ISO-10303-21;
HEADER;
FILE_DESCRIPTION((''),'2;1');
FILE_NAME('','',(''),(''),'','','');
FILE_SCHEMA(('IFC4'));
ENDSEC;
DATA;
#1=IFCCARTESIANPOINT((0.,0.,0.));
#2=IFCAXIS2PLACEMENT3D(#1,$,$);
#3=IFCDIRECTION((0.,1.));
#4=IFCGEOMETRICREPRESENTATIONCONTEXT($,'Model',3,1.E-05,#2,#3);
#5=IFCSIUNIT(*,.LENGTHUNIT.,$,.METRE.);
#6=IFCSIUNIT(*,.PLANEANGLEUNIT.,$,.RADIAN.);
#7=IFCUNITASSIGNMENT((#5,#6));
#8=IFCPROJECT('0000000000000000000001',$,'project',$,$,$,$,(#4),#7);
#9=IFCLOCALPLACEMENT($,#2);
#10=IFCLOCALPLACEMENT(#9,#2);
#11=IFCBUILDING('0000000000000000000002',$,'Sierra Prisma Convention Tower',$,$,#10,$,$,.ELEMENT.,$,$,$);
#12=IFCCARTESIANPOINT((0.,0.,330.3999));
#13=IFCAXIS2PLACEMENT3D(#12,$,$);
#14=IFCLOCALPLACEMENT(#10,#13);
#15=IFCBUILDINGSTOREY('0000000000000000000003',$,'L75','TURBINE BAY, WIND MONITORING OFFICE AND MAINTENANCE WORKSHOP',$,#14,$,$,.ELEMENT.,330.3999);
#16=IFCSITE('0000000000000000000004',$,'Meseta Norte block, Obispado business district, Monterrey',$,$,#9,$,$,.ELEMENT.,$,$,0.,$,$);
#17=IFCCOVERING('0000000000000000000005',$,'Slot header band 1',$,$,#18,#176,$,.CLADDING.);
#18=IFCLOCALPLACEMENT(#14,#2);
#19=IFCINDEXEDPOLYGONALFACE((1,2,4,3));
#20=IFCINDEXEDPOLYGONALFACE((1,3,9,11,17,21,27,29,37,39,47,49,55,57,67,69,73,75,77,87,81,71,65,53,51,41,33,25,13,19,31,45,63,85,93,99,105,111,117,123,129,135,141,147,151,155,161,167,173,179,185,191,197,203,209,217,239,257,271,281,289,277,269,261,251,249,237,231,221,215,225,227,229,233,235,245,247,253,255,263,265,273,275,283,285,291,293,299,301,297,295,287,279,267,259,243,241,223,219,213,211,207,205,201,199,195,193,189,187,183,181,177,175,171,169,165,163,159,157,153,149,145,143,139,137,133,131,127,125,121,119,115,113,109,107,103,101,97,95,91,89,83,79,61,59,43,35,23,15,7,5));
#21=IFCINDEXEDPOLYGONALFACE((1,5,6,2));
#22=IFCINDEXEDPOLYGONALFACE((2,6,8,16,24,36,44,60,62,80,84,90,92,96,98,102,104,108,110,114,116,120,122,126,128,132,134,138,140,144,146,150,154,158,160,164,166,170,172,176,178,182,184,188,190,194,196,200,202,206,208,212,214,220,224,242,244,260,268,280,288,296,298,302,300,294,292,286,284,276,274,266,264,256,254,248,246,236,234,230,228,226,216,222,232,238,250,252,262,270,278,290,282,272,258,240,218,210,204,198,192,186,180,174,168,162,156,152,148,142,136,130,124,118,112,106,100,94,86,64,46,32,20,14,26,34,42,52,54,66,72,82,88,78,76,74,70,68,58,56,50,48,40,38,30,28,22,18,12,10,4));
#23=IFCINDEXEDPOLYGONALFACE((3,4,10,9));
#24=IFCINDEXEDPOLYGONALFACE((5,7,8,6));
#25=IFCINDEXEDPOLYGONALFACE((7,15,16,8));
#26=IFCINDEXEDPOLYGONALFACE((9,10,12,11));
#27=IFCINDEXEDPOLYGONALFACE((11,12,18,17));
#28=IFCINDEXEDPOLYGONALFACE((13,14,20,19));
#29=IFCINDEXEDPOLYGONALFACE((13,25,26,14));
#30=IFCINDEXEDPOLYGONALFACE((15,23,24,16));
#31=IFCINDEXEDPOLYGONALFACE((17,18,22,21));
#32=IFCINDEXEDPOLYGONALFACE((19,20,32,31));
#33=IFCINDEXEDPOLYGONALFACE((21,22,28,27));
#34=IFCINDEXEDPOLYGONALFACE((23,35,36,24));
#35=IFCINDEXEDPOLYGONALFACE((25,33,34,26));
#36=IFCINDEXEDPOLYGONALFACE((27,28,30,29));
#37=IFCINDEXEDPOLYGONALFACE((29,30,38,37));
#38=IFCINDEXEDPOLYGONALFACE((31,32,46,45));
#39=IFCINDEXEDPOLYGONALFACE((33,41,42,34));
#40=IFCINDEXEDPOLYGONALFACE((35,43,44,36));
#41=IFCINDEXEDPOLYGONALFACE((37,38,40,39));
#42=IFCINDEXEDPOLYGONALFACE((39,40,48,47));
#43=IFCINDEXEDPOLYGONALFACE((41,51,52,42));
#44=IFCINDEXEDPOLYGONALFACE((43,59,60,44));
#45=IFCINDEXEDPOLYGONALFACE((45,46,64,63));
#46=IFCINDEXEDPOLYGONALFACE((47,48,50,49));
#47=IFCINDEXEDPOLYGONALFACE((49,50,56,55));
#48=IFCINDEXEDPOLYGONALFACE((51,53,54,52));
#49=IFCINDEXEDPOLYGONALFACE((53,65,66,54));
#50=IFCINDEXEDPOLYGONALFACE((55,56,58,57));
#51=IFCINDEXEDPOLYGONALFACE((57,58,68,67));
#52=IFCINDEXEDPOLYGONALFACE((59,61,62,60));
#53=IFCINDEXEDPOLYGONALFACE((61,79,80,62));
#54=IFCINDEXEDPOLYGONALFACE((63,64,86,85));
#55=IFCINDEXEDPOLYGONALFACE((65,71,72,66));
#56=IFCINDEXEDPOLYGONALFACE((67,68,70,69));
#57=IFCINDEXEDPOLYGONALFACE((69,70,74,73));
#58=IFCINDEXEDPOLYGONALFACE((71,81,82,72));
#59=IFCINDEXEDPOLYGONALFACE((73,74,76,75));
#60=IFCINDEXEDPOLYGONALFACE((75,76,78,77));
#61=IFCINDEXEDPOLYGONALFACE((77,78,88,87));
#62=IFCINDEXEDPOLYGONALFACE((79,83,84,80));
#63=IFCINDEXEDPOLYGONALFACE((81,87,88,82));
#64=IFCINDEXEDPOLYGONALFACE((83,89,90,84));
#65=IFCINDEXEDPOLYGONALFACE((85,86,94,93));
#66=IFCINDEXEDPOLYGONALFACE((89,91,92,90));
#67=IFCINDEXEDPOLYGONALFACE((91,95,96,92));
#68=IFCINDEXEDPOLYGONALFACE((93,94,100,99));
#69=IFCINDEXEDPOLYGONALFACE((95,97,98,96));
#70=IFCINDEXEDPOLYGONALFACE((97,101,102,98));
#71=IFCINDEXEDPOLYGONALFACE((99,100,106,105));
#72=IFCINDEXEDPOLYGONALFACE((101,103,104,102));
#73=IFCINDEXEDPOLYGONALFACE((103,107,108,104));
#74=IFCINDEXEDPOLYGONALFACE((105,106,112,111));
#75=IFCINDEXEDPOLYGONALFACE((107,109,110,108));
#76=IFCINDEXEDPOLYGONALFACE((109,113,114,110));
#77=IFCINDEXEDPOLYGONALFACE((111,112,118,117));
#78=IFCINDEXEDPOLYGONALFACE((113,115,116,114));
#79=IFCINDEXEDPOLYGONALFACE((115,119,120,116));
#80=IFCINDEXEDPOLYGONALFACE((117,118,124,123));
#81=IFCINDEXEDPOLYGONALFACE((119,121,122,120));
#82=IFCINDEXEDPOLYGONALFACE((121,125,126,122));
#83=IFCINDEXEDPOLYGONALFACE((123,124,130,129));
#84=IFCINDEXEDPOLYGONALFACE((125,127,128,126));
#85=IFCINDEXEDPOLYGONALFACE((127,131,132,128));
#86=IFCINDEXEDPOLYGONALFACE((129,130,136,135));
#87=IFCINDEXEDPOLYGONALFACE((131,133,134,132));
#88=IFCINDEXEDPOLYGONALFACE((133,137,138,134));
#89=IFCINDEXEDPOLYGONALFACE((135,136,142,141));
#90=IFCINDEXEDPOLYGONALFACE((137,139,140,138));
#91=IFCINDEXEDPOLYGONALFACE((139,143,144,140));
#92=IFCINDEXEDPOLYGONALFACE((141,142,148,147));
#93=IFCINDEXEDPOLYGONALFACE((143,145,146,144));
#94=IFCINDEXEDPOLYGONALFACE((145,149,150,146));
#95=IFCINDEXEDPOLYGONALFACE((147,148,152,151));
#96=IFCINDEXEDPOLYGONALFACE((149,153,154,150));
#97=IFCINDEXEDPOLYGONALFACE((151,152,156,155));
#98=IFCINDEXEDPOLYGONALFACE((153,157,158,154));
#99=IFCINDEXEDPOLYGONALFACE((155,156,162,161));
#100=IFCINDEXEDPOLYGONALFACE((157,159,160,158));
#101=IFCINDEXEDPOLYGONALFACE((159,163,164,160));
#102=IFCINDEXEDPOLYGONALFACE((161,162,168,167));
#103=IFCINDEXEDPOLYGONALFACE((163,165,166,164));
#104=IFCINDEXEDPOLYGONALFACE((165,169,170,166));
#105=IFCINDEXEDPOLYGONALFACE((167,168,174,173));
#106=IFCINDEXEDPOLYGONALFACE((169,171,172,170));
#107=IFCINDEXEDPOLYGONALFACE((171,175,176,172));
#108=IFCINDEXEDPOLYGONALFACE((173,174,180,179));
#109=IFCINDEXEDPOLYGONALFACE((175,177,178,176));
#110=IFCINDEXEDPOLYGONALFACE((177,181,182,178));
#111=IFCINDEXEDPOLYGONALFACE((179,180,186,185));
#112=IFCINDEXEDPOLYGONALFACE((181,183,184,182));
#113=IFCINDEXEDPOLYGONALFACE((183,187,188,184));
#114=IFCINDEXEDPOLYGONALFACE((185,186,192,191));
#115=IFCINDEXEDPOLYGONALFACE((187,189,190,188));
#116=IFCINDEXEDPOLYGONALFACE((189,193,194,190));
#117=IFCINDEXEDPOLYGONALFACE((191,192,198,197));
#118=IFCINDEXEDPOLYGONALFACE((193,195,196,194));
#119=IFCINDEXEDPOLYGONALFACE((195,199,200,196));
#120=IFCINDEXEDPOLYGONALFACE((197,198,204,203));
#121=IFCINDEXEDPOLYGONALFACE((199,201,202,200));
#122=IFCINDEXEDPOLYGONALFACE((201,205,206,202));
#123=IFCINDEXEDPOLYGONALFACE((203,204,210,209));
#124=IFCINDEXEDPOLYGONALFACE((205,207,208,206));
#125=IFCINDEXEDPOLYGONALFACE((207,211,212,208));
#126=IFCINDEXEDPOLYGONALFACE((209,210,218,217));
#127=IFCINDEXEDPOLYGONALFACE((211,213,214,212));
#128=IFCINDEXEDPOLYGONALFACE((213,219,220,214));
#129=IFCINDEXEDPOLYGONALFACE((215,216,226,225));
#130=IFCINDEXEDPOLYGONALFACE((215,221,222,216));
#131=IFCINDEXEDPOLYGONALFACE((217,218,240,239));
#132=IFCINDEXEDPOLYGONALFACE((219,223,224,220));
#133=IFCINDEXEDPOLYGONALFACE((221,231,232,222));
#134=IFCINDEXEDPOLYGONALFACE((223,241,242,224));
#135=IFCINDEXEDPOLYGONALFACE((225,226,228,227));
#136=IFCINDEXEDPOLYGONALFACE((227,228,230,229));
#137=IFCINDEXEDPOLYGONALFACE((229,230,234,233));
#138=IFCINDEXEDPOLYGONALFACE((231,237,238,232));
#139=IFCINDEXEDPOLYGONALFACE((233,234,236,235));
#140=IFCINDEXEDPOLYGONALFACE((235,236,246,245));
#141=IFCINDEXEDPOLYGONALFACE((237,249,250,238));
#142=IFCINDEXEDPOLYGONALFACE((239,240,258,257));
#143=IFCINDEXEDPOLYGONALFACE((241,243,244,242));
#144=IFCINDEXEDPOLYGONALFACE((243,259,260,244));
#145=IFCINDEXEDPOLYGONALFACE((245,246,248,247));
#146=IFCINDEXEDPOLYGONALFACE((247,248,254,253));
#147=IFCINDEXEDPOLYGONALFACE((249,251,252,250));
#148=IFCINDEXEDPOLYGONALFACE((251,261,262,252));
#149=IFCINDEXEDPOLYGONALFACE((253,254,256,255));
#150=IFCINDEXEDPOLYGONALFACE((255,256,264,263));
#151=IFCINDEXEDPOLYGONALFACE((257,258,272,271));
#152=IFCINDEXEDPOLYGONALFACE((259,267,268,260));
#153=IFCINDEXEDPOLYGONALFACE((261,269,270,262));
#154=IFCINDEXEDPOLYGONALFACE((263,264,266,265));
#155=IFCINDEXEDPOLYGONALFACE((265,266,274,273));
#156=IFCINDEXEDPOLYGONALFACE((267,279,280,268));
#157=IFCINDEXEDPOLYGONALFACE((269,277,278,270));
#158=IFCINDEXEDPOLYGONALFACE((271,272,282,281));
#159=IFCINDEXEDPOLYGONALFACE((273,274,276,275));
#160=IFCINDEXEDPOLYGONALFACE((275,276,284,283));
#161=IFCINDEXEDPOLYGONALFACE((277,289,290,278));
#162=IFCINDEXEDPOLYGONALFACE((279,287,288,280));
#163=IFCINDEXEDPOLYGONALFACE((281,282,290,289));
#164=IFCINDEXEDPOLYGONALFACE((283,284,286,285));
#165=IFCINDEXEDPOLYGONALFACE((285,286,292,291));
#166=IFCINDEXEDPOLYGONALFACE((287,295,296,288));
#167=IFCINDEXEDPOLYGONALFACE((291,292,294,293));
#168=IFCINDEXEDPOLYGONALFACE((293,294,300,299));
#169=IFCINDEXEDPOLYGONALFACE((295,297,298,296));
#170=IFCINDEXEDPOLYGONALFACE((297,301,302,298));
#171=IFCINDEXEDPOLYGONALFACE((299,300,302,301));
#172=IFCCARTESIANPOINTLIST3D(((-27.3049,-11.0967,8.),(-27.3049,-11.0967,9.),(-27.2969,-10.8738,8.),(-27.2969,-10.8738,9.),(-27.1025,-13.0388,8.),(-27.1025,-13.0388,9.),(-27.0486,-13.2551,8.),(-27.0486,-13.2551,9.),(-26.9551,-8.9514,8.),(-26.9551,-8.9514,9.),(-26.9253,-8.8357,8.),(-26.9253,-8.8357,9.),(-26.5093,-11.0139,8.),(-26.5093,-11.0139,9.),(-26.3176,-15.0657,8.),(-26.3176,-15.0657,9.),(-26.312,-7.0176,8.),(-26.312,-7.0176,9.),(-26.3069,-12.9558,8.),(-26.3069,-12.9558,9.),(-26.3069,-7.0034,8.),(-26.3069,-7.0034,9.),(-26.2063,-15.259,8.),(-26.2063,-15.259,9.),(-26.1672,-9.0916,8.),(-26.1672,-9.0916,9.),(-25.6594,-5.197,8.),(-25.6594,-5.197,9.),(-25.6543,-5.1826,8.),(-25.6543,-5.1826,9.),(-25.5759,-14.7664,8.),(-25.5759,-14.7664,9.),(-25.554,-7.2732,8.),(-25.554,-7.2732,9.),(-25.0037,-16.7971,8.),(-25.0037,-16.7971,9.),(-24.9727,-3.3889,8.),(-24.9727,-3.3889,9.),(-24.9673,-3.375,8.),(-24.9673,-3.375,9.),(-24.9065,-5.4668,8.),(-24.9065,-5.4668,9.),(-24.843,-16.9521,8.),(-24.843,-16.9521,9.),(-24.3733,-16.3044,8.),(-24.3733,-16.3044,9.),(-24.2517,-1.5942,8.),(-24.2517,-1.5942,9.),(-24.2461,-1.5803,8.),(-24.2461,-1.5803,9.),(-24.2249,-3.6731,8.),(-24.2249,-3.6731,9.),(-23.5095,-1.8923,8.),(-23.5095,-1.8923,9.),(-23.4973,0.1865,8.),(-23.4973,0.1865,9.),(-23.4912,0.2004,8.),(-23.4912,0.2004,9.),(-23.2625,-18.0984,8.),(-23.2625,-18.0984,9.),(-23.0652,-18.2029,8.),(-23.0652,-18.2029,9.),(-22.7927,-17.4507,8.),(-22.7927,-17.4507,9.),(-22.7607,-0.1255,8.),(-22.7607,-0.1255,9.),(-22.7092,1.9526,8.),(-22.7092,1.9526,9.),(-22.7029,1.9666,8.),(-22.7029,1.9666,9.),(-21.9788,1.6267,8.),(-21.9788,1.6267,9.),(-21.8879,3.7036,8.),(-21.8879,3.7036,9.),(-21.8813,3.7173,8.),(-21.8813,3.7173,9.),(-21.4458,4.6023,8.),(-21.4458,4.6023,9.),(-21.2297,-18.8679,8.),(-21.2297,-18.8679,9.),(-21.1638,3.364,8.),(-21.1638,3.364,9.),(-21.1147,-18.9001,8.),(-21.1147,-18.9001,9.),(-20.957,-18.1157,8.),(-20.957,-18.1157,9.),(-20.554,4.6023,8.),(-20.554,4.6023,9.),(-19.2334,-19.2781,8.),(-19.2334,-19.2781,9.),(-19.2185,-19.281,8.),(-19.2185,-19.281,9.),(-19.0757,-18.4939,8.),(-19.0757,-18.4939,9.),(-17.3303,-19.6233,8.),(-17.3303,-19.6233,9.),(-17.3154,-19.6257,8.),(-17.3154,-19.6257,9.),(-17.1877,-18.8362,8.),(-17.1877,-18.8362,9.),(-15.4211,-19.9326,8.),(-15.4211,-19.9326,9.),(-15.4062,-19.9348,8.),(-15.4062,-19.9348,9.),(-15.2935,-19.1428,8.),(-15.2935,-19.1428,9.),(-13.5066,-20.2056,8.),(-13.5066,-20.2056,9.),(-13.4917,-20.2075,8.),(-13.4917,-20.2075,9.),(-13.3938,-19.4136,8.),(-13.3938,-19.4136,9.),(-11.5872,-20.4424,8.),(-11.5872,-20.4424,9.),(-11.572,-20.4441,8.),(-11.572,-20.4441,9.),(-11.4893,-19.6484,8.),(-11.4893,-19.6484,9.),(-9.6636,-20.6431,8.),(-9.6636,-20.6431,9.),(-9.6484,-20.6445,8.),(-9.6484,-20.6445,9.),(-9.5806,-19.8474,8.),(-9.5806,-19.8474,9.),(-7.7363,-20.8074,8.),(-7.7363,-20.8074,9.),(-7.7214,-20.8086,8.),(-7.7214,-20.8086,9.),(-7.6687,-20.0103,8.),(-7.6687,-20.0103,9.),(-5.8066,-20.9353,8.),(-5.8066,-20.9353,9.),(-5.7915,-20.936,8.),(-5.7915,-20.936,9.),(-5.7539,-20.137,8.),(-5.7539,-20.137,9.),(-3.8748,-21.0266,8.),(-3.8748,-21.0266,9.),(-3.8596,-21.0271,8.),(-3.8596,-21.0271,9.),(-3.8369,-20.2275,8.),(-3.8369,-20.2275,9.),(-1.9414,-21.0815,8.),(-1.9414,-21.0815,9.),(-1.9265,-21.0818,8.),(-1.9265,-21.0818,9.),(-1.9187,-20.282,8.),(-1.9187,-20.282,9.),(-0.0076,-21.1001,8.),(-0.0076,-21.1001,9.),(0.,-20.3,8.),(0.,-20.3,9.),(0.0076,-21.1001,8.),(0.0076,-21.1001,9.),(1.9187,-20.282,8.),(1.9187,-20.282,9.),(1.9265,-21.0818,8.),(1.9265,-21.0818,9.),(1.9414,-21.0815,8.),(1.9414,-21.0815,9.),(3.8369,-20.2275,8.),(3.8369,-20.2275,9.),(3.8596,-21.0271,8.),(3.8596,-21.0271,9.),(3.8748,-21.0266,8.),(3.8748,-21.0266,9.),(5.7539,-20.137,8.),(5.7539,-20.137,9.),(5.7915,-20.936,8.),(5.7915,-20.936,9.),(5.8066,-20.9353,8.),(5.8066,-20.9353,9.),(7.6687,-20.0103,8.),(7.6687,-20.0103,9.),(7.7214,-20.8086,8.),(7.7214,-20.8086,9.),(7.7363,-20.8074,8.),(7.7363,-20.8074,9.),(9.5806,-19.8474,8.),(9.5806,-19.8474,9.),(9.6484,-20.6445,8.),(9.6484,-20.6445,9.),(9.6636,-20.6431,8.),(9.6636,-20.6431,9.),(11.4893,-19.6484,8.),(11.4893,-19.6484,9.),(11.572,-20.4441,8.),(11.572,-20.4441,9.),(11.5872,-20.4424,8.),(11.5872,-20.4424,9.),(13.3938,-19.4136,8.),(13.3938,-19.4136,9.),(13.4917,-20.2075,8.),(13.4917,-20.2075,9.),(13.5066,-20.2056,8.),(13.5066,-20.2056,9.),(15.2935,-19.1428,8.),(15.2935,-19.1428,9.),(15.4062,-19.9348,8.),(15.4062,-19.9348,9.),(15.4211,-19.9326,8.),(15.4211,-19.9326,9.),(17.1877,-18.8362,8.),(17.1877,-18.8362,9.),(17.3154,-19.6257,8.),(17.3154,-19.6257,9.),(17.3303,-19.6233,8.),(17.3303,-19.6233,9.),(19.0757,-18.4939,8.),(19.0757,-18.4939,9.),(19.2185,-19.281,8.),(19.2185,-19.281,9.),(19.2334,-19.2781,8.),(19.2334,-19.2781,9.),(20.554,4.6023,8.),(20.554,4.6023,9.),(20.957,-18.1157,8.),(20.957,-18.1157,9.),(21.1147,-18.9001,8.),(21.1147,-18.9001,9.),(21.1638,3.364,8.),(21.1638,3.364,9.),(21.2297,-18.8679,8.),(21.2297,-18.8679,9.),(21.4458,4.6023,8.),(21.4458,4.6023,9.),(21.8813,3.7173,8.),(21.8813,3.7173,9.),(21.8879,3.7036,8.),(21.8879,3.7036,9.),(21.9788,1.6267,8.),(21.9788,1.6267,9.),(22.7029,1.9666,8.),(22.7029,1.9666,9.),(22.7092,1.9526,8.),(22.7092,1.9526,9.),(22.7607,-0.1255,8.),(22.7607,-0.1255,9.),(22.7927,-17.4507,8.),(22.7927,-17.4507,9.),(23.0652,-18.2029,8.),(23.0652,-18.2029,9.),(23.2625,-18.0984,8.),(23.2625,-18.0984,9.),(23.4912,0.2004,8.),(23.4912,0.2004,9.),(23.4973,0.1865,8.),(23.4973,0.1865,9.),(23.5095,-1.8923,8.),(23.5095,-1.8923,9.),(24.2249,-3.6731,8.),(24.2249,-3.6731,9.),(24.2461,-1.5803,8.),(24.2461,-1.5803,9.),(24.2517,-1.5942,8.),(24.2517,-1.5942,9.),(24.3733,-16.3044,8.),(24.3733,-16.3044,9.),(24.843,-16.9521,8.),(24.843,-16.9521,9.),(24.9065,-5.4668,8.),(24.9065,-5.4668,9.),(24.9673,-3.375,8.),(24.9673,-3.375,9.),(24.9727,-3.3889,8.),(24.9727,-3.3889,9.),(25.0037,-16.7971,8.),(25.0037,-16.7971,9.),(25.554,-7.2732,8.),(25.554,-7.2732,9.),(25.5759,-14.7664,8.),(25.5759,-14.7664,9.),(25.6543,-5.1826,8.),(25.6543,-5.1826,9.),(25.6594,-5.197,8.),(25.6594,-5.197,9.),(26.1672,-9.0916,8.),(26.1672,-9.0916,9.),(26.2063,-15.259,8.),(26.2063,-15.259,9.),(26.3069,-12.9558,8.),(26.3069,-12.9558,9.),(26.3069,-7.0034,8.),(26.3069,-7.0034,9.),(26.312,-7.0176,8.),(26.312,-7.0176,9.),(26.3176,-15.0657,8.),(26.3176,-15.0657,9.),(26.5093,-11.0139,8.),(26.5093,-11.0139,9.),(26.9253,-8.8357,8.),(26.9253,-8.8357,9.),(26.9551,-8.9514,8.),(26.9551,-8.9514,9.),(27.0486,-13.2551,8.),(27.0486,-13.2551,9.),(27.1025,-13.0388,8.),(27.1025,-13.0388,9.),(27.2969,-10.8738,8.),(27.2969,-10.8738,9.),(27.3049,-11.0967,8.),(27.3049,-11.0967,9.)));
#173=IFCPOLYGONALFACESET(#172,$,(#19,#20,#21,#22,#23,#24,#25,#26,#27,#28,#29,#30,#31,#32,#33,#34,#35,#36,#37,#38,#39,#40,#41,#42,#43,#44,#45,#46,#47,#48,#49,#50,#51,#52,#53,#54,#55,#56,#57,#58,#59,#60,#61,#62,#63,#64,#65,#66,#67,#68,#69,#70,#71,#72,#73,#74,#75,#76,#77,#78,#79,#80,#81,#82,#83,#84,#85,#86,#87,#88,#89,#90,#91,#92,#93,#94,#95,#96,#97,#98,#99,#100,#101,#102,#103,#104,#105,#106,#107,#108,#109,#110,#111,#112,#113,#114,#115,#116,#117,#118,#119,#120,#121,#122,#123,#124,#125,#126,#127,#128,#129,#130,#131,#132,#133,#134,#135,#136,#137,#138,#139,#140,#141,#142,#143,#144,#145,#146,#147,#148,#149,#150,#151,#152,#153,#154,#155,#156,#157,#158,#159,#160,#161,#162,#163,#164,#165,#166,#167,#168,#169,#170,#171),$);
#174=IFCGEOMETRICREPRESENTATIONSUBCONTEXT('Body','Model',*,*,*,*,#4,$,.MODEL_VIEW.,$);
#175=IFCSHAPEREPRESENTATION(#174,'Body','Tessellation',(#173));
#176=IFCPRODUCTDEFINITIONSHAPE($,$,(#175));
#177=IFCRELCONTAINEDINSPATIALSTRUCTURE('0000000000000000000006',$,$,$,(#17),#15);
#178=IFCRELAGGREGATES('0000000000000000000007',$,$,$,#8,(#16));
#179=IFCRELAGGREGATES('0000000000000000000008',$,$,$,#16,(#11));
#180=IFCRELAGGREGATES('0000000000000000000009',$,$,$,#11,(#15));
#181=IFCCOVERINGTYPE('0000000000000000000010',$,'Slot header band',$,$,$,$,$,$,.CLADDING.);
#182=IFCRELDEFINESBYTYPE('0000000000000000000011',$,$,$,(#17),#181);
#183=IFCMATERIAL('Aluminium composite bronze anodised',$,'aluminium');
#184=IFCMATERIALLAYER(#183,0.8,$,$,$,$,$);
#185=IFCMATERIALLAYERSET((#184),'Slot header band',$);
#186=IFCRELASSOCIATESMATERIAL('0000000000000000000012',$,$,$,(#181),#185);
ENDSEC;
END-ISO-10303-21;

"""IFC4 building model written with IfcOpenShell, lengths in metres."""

from ifc_helpers import new_model, si_unit, direction, frame, origin, place, context, subcontext, project, spatial, polyline, outline, extrude, material, layer, layer_set, type_object, element, save


model = new_model("IFC4")

# Units and contexts
model_context = context("Model", 3, precision=1e-05, world=origin(), true_north=direction((0.0, 1.0)))
body_context = subcontext(model_context, "Body", "Model", "MODEL_VIEW")
ifc_project = project(units=[si_unit("LENGTHUNIT", "METRE"), si_unit("PLANEANGLEUNIT", "RADIAN")], contexts=[model_context])

# Site, building, storey
site_placement = place(None, origin())
site = spatial("IfcSite", under=ifc_project, at=site_placement, Name="Meseta Norte block, Obispado business district, Monterrey", CompositionType="ELEMENT", RefElevation=0.0)
building_placement = place(site_placement, origin())
building = spatial("IfcBuilding", under=site, at=building_placement, Name="Sierra Prisma Convention Tower", CompositionType="ELEMENT")
storey_placement = place(building_placement, frame((0.0, 0.0, 330.3999)))
storey = spatial("IfcBuildingStorey", under=building, at=storey_placement, Name="L75", Description="TURBINE BAY, WIND MONITORING OFFICE AND MAINTENANCE WORKSHOP", CompositionType="ELEMENT", Elevation=330.3999)

# Covering
ifc_material_1 = material(Name="Aluminium composite bronze anodised", Category="aluminium")
ifc_layer_1 = layer(ifc_material_1, 0.8)
ifc_layer_set_1 = layer_set([ifc_layer_1], Name="Slot header band")
covering_type_1 = type_object("IfcCoveringType", Name="Slot header band", PredefinedType="CLADDING", material=ifc_layer_set_1)
covering_1_placement = place(storey_placement, frame((0.0, 0.0, 8.0)))
element("IfcCovering", 1, at=covering_1_placement, inside=storey, type_object=covering_type_1, Name="Slot header band 1", PredefinedType="CLADDING", context=body_context, shape_type="SweptSolid", body=[
    extrude(outline(polyline([(-24.2461, -1.5803), (-23.4973, 0.1865), (-23.4912, 0.2004), (-22.7092, 1.9526), (-22.7029, 1.9666), (-21.8879, 3.7036), (-21.8813, 3.7173), (-21.4458, 4.6023), (-20.554, 4.6023), (-21.1638, 3.364), (-21.9788, 1.6267), (-22.7607, -0.1255), (-23.5095, -1.8923), (-24.2249, -3.6731), (-24.9065, -5.4668), (-25.554, -7.2732), (-26.1672, -9.0916), (-26.5093, -11.0139), (-26.3069, -12.9558), (-25.5759, -14.7664), (-24.3733, -16.3044), (-22.7927, -17.4507), (-20.957, -18.1157), (-19.0757, -18.4939), (-17.1877, -18.8362), (-15.2935, -19.1428), (-13.3938, -19.4136), (-11.4893, -19.6484), (-9.5806, -19.8474), (-7.6687, -20.0103), (-5.7539, -20.137), (-3.8369, -20.2275), (-1.9187, -20.282), (0.0, -20.3), (1.9187, -20.282), (3.8369, -20.2275), (5.7539, -20.137), (7.6687, -20.0103), (9.5806, -19.8474), (11.4893, -19.6484), (13.3938, -19.4136), (15.2935, -19.1428), (17.1877, -18.8362), (19.0757, -18.4939), (20.957, -18.1157), (22.7927, -17.4507), (24.3733, -16.3044), (25.5759, -14.7664), (26.3069, -12.9558), (26.5093, -11.0139), (26.1672, -9.0916), (25.554, -7.2732), (24.9065, -5.4668), (24.2249, -3.6731), (23.5095, -1.8923), (22.7607, -0.1255), (21.9788, 1.6267), (21.1638, 3.364), (20.554, 4.6023), (21.4458, 4.6023), (21.8813, 3.7173), (21.8879, 3.7036), (22.7029, 1.9666), (22.7092, 1.9526), (23.4912, 0.2004), (23.4973, 0.1865), (24.2461, -1.5803), (24.2517, -1.5942), (24.9673, -3.375), (24.9727, -3.3889), (25.6543, -5.1826), (25.6594, -5.197), (26.3069, -7.0034), (26.312, -7.0176), (26.9253, -8.8357), (26.9551, -8.9514), (27.2969, -10.8738), (27.3049, -11.0967), (27.1025, -13.0388), (27.0486, -13.2551), (26.3176, -15.0657), (26.2063, -15.259), (25.0037, -16.7971), (24.843, -16.9521), (23.2625, -18.0984), (23.0652, -18.2029), (21.2297, -18.8679), (21.1147, -18.9001), (19.2334, -19.2781), (19.2185, -19.281), (17.3303, -19.6233), (17.3154, -19.6257), (15.4211, -19.9326), (15.4062, -19.9348), (13.5066, -20.2056), (13.4917, -20.2075), (11.5872, -20.4424), (11.572, -20.4441), (9.6636, -20.6431), (9.6484, -20.6445), (7.7363, -20.8074), (7.7214, -20.8086), (5.8066, -20.9353), (5.7915, -20.936), (3.8748, -21.0266), (3.8596, -21.0271), (1.9414, -21.0815), (1.9265, -21.0818), (0.0076, -21.1001), (-0.0076, -21.1001), (-1.9265, -21.0818), (-1.9414, -21.0815), (-3.8596, -21.0271), (-3.8748, -21.0266), (-5.7915, -20.936), (-5.8066, -20.9353), (-7.7214, -20.8086), (-7.7363, -20.8074), (-9.6484, -20.6445), (-9.6636, -20.6431), (-11.572, -20.4441), (-11.5872, -20.4424), (-13.4917, -20.2075), (-13.5066, -20.2056), (-15.4062, -19.9348), (-15.4211, -19.9326), (-17.3154, -19.6257), (-17.3303, -19.6233), (-19.2185, -19.281), (-19.2334, -19.2781), (-21.1147, -18.9001), (-21.2297, -18.8679), (-23.0652, -18.2029), (-23.2625, -18.0984), (-24.843, -16.9521), (-25.0037, -16.7971), (-26.2063, -15.259), (-26.3176, -15.0657), (-27.0486, -13.2551), (-27.1025, -13.0388), (-27.3049, -11.0967), (-27.2969, -10.8738), (-26.9551, -8.9514), (-26.9253, -8.8357), (-26.312, -7.0176), (-26.3069, -7.0034), (-25.6594, -5.197), (-25.6543, -5.1826), (-24.9727, -3.3889), (-24.9673, -3.375), (-24.2517, -1.5942), (-24.2461, -1.5803)])), origin(), (0.0, 0.0, 1.0), 1.0),
])

save(model, "model.ifc")
